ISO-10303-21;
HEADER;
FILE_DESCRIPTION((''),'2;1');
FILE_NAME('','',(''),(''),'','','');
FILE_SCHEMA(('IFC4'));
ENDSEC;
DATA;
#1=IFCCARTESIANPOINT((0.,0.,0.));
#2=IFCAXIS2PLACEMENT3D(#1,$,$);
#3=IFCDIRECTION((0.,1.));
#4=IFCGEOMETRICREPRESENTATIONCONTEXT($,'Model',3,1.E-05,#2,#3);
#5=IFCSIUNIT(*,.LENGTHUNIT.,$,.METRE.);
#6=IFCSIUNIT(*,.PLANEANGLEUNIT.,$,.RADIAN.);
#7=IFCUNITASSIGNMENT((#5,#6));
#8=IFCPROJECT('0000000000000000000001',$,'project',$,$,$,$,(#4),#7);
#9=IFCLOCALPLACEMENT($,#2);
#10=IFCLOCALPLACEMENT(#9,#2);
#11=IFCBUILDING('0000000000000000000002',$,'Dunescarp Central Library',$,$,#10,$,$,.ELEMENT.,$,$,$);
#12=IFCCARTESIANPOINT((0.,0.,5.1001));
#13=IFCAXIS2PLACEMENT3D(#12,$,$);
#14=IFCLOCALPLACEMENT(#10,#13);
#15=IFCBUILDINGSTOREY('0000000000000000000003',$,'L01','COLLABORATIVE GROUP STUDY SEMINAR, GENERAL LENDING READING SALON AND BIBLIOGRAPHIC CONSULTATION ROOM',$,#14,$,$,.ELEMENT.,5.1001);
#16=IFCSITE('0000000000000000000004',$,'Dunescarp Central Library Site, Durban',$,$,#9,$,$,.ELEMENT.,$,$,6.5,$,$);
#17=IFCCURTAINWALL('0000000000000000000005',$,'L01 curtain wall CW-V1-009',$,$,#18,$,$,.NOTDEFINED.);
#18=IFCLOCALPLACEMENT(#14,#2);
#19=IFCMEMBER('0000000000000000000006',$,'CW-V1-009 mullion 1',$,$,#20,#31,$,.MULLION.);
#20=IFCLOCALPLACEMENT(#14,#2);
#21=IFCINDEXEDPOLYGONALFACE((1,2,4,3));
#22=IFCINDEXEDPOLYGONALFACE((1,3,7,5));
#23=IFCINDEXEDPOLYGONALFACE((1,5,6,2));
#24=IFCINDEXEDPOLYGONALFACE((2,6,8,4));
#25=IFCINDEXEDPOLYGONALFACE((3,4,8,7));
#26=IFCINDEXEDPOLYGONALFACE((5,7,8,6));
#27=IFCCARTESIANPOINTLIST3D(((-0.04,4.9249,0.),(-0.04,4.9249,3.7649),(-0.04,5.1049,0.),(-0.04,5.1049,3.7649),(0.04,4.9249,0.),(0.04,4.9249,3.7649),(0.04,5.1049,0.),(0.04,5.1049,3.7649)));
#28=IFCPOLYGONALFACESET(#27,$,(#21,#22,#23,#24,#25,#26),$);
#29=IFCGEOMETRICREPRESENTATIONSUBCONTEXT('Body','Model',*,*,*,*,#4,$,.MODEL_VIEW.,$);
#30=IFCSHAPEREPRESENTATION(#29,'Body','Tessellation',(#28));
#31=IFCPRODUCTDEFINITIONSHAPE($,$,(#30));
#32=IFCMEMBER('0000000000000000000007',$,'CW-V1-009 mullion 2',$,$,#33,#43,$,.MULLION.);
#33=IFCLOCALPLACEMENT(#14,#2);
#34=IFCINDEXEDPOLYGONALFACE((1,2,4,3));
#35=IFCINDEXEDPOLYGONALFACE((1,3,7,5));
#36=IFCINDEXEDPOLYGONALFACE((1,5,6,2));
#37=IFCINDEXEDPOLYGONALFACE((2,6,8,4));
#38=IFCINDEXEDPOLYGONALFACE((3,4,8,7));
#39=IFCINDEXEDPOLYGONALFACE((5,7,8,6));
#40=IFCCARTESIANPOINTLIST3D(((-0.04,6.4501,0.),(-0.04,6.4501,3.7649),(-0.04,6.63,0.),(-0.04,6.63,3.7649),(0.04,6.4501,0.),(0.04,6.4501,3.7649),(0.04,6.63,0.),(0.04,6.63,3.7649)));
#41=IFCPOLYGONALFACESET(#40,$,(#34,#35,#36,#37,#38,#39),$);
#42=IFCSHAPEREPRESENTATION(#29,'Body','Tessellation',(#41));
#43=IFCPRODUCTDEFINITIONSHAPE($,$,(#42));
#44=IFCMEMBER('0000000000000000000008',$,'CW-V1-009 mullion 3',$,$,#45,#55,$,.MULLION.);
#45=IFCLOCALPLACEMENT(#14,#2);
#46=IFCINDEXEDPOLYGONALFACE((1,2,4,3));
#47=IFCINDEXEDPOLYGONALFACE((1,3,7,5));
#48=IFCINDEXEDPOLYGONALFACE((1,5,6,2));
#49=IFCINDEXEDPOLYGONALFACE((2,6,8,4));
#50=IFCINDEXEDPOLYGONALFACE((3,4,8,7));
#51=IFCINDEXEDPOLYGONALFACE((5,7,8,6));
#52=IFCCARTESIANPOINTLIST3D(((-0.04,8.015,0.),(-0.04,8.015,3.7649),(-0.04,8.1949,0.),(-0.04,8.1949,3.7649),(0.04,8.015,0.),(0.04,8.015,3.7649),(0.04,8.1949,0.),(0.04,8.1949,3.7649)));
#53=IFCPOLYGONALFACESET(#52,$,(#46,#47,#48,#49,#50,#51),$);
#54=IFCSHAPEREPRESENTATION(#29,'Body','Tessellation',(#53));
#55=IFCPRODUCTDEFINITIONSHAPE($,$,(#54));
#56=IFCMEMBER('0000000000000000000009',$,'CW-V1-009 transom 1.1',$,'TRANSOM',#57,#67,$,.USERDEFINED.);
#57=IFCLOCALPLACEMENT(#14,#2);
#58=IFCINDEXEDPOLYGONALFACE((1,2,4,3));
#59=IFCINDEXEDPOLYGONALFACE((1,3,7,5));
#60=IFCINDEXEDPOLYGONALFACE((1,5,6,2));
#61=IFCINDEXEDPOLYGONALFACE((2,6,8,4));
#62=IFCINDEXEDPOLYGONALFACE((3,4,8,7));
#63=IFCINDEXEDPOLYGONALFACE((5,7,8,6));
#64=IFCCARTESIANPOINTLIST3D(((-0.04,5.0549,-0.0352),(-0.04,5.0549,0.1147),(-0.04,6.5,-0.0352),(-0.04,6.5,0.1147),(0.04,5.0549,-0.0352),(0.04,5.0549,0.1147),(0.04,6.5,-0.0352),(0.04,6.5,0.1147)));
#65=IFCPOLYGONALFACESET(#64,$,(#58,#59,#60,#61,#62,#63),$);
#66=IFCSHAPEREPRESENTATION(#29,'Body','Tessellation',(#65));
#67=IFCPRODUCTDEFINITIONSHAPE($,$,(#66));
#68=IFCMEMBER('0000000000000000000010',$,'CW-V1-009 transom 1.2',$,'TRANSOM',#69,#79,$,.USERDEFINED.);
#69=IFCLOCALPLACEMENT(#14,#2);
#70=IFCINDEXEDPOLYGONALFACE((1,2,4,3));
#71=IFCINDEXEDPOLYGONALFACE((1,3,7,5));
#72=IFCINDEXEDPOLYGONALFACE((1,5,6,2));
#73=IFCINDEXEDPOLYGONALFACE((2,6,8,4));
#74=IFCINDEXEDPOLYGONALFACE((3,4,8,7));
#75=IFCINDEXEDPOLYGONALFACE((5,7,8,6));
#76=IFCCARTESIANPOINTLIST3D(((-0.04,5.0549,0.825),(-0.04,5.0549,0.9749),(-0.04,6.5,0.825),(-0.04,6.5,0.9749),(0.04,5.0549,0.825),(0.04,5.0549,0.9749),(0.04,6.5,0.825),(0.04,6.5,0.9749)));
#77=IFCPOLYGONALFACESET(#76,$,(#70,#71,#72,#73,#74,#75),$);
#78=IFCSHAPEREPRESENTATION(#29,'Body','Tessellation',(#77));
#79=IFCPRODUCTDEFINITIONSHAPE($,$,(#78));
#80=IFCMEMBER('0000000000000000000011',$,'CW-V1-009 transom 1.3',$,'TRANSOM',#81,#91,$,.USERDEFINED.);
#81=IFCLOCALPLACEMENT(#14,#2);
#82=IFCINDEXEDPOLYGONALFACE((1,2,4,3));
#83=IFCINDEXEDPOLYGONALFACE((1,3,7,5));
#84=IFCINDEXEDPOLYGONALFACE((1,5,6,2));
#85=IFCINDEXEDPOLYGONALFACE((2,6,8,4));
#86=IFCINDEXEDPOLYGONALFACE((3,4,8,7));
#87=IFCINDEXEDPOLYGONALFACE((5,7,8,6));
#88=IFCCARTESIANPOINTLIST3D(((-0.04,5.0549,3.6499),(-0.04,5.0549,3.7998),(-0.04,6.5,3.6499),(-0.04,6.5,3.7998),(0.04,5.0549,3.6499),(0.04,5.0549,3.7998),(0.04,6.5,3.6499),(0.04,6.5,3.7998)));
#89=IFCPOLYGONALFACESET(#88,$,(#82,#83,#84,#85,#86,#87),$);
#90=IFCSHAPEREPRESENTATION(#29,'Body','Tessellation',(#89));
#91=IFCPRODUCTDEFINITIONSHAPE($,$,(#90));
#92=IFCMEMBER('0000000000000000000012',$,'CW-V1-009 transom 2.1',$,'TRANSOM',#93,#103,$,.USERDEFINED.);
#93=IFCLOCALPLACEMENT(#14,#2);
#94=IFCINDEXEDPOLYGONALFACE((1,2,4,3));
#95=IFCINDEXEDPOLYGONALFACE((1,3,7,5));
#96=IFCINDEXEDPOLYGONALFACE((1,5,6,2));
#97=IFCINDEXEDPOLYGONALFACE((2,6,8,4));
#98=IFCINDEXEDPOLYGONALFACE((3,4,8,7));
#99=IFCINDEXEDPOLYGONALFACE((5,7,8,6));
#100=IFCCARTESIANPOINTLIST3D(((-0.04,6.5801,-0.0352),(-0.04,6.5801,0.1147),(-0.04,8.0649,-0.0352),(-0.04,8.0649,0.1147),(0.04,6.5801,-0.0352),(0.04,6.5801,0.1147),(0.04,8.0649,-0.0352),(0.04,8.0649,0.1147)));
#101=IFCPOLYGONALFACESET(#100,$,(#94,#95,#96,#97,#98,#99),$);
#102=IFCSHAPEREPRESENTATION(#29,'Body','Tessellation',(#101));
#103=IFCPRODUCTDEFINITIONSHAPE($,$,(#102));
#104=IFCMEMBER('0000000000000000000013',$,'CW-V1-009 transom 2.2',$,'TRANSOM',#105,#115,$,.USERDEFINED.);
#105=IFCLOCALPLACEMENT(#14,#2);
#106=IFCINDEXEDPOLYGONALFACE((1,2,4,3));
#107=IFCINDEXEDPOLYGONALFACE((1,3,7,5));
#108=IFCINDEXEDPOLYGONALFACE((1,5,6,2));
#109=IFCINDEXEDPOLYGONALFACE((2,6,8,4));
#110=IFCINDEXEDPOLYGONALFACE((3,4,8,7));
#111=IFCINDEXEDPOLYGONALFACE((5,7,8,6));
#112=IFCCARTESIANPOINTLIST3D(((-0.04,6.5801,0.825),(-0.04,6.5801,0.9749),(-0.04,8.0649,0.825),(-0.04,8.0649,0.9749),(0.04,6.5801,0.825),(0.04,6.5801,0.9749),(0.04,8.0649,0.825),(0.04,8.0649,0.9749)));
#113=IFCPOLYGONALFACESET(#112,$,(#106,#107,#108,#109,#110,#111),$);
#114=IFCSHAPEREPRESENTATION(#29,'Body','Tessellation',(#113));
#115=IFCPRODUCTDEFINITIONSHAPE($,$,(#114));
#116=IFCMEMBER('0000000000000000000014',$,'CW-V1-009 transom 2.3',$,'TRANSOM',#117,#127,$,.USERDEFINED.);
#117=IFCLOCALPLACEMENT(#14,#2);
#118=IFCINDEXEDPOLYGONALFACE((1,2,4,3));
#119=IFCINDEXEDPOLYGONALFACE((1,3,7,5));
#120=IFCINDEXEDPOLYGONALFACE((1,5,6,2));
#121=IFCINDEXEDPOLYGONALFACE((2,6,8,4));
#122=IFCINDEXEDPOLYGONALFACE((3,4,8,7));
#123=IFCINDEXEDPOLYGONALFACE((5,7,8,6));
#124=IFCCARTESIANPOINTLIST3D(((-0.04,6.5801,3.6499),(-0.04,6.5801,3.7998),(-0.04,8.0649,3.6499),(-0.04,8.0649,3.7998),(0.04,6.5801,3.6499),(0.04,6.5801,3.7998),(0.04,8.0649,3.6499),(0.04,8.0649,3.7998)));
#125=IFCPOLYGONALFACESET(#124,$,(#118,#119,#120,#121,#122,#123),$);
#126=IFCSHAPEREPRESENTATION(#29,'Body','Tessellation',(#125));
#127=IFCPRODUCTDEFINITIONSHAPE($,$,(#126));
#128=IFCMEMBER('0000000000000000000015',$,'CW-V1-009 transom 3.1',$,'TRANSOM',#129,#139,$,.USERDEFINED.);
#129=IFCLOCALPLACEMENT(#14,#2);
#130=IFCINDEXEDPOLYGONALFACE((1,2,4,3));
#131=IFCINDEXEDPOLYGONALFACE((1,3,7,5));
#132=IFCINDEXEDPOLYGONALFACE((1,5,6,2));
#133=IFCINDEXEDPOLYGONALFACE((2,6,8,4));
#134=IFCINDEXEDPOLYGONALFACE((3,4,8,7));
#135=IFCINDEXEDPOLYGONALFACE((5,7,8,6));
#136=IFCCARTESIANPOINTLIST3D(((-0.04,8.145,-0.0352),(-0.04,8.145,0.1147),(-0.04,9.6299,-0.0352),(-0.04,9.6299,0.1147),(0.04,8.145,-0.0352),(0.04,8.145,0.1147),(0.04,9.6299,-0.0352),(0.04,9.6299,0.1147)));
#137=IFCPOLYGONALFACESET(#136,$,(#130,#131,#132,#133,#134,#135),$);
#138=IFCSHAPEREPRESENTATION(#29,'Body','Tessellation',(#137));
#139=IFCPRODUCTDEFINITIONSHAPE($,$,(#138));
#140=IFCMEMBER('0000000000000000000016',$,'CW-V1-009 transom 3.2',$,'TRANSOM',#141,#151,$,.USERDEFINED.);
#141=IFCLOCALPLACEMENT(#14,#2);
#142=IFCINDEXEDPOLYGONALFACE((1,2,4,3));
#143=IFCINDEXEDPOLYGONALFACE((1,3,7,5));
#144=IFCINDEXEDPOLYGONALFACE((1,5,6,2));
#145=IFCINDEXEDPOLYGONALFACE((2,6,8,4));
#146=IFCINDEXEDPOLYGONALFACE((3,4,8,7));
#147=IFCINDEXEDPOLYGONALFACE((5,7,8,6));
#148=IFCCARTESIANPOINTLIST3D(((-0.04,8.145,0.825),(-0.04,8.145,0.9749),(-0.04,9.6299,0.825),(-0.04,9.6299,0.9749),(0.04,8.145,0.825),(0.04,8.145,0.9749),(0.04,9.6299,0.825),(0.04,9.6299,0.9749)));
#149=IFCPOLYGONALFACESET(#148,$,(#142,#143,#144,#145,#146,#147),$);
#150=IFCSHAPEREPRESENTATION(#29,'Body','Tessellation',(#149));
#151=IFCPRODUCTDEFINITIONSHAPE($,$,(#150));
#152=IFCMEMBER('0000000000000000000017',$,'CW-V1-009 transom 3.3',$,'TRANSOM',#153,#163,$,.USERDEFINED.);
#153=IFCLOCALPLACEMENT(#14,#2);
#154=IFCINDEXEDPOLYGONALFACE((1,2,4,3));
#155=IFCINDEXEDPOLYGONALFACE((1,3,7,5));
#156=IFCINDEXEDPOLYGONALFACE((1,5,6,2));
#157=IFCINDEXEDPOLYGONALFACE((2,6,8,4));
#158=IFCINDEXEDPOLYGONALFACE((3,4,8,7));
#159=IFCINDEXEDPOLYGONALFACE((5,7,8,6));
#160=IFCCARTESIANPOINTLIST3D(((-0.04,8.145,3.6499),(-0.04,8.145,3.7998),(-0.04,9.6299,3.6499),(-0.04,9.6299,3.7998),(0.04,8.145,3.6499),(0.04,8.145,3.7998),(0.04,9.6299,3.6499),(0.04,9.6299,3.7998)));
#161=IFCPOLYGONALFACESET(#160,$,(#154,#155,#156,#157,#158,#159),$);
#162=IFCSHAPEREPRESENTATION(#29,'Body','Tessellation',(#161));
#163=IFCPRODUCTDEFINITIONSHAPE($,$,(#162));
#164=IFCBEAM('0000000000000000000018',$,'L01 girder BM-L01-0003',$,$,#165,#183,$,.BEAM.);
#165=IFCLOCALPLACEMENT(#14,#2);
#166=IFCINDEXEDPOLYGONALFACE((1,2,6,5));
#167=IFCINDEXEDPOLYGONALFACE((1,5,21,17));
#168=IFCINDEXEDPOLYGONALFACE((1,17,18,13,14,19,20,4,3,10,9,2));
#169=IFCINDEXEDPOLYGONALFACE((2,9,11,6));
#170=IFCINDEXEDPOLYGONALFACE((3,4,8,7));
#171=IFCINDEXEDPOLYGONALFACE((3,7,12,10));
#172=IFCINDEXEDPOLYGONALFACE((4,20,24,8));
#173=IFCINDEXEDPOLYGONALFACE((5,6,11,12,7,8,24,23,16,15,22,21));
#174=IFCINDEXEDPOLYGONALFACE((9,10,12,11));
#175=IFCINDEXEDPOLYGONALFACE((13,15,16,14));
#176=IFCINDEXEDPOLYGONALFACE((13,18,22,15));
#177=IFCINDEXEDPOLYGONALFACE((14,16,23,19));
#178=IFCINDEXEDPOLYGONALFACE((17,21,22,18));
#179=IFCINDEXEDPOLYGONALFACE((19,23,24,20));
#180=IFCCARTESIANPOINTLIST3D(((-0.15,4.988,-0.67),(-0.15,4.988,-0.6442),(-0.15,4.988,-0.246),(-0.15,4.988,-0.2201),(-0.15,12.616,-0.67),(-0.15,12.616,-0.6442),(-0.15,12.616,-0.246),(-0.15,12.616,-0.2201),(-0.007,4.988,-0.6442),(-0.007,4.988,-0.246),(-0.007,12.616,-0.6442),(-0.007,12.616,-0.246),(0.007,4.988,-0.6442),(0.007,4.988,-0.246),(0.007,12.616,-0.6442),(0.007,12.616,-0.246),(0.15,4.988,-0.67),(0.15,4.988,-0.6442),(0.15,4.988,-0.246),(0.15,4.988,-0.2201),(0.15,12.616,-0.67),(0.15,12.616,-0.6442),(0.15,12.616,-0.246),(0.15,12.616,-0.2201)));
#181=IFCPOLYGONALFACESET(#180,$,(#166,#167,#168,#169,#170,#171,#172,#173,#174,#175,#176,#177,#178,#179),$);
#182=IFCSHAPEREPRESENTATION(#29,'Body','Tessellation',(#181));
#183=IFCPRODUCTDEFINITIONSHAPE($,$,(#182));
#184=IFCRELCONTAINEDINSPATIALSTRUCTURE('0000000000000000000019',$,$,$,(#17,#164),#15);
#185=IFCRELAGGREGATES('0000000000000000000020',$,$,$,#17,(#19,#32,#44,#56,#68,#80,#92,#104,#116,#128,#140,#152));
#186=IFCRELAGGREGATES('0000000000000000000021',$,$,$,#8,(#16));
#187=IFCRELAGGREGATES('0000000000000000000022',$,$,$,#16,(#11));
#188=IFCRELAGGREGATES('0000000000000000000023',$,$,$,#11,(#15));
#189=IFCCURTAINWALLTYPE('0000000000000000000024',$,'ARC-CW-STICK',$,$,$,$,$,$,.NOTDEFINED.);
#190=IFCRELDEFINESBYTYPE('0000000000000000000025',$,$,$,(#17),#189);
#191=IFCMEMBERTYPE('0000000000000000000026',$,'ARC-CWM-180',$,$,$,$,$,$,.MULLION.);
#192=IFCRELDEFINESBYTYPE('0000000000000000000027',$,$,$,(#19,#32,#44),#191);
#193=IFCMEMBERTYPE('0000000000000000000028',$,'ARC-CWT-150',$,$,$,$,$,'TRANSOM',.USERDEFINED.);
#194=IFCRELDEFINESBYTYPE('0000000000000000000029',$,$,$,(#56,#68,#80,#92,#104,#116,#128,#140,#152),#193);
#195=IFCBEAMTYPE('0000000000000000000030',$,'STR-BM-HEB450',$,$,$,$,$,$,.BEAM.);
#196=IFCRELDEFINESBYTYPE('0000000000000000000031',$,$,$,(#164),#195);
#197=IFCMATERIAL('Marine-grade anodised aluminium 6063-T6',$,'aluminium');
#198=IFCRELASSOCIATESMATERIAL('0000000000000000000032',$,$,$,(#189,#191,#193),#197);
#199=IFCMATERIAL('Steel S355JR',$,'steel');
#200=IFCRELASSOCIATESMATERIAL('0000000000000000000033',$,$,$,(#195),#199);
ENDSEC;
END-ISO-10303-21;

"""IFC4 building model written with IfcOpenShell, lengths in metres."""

from ifc_helpers import new_model, si_unit, direction, frame, origin, origin_2d, place, context, subcontext, project, spatial, rectangle, i_section, extrude, material, material_profile, profile_set, type_object, element, aggregate, save


model = new_model("IFC4")

# Units and contexts
model_context = context("Model", 3, precision=1e-05, world=origin(), true_north=direction((0.0, 1.0)))
body_context = subcontext(model_context, "Body", "Model", "MODEL_VIEW")
ifc_project = project(units=[si_unit("LENGTHUNIT", "METRE"), si_unit("PLANEANGLEUNIT", "RADIAN")], contexts=[model_context])

# Site, building, storey
site_placement = place(None, origin())
site = spatial("IfcSite", under=ifc_project, at=site_placement, Name="Dunescarp Central Library Site, Durban", CompositionType="ELEMENT", RefElevation=6.5)
building_placement = place(site_placement, origin())
building = spatial("IfcBuilding", under=site, at=building_placement, Name="Dunescarp Central Library", CompositionType="ELEMENT")
storey_placement = place(building_placement, frame((0.0, 0.0, 5.1001)))
storey = spatial("IfcBuildingStorey", under=building, at=storey_placement, Name="L01", Description="COLLABORATIVE GROUP STUDY SEMINAR, GENERAL LENDING READING SALON AND BIBLIOGRAPHIC CONSULTATION ROOM", CompositionType="ELEMENT", Elevation=5.1001)

# Curtain wall, members
ifc_material_1 = material(Name="Marine-grade anodised aluminium 6063-T6", Category="aluminium")
curtain_wall_type = type_object("IfcCurtainWallType", Name="ARC-CW-STICK", PredefinedType="NOTDEFINED", material=ifc_material_1)
curtain_wall_placement = place(storey_placement, origin())
curtain_wall = element("IfcCurtainWall", 1, at=curtain_wall_placement, inside=storey, type_object=curtain_wall_type, Name="L01 curtain wall CW-V1-009", PredefinedType="NOTDEFINED")
ifc_material_profile_1 = material_profile(ifc_material_1, rectangle(XDim=0.0801, YDim=0.1799, at=origin_2d()), Name="AL 80x180")
ifc_profile_set_1 = profile_set([ifc_material_profile_1], Name="Marine-grade anodised aluminium 6063-T6")
member_type_1 = type_object("IfcMemberType", Name="ARC-CWM-180", PredefinedType="MULLION", material=ifc_profile_set_1)
member_1_placement = place(storey_placement, frame((0.0, 5.0149, 0.0), z_axis=(0.0, 0.0, 1.0), x_axis=(-1.0, 0.0, 0.0)))
member_1 = element("IfcMember", 2, at=member_1_placement, type_object=member_type_1, Name="CW-V1-009 mullion 1", PredefinedType="MULLION", context=body_context, shape_type="SweptSolid", body=[
    extrude(rectangle(XDim=0.0801, YDim=0.1799, at=origin_2d()), origin(), (0.0, 0.0, 1.0), 3.7649),
])
member_2_placement = place(storey_placement, frame((0.0, 6.54, 0.0), z_axis=(0.0, 0.0, 1.0), x_axis=(-1.0, 0.0, 0.0)))
member_2 = element("IfcMember", 3, at=member_2_placement, type_object=member_type_1, Name="CW-V1-009 mullion 2", PredefinedType="MULLION", context=body_context, shape_type="SweptSolid", body=[
    extrude(rectangle(XDim=0.0801, YDim=0.1799, at=origin_2d()), origin(), (0.0, 0.0, 1.0), 3.7649),
])
member_3_placement = place(storey_placement, frame((0.0, 8.105, 0.0), z_axis=(0.0, 0.0, 1.0), x_axis=(-1.0, 0.0, 0.0)))
member_3 = element("IfcMember", 4, at=member_3_placement, type_object=member_type_1, Name="CW-V1-009 mullion 3", PredefinedType="MULLION", context=body_context, shape_type="SweptSolid", body=[
    extrude(rectangle(XDim=0.0801, YDim=0.1799, at=origin_2d()), origin(), (0.0, 0.0, 1.0), 3.7649),
])
ifc_material_profile_2 = material_profile(ifc_material_1, rectangle(XDim=0.0801, YDim=0.1499, at=origin_2d()), Name="AL 80x150")
ifc_profile_set_2 = profile_set([ifc_material_profile_2], Name="Marine-grade anodised aluminium 6063-T6")
member_type_2 = type_object("IfcMemberType", Name="ARC-CWT-150", ElementType="TRANSOM", PredefinedType="USERDEFINED", material=ifc_profile_set_2)
member_4_placement = place(storey_placement, frame((0.0, 5.0549, 0.0398), z_axis=(0.0, 1.0, 0.0), x_axis=(-1.0, 0.0, 0.0)))
member_4 = element("IfcMember", 5, at=member_4_placement, type_object=member_type_2, Name="CW-V1-009 transom 1.1", ObjectType="TRANSOM", PredefinedType="USERDEFINED", context=body_context, shape_type="SweptSolid", body=[
    extrude(rectangle(XDim=0.0801, YDim=0.1499, at=origin_2d()), origin(), (0.0, 0.0, 1.0), 1.4451),
])
member_5_placement = place(storey_placement, frame((0.0, 5.0549, 0.8999), z_axis=(0.0, 1.0, 0.0), x_axis=(-1.0, 0.0, 0.0)))
member_5 = element("IfcMember", 6, at=member_5_placement, type_object=member_type_2, Name="CW-V1-009 transom 1.2", ObjectType="TRANSOM", PredefinedType="USERDEFINED", context=body_context, shape_type="SweptSolid", body=[
    extrude(rectangle(XDim=0.0801, YDim=0.1499, at=origin_2d()), origin(), (0.0, 0.0, 1.0), 1.4451),
])
member_6_placement = place(storey_placement, frame((0.0, 5.0549, 3.7249), z_axis=(0.0, 1.0, 0.0), x_axis=(-1.0, 0.0, 0.0)))
member_6 = element("IfcMember", 7, at=member_6_placement, type_object=member_type_2, Name="CW-V1-009 transom 1.3", ObjectType="TRANSOM", PredefinedType="USERDEFINED", context=body_context, shape_type="SweptSolid", body=[
    extrude(rectangle(XDim=0.0801, YDim=0.1499, at=origin_2d()), origin(), (0.0, 0.0, 1.0), 1.4451),
])
member_7_placement = place(storey_placement, frame((0.0, 6.5801, 0.0398), z_axis=(0.0, 1.0, 0.0), x_axis=(-1.0, 0.0, 0.0)))
member_7 = element("IfcMember", 8, at=member_7_placement, type_object=member_type_2, Name="CW-V1-009 transom 2.1", ObjectType="TRANSOM", PredefinedType="USERDEFINED", context=body_context, shape_type="SweptSolid", body=[
    extrude(rectangle(XDim=0.0801, YDim=0.1499, at=origin_2d()), origin(), (0.0, 0.0, 1.0), 1.4849),
])
member_8_placement = place(storey_placement, frame((0.0, 6.5801, 0.8999), z_axis=(0.0, 1.0, 0.0), x_axis=(-1.0, 0.0, 0.0)))
member_8 = element("IfcMember", 9, at=member_8_placement, type_object=member_type_2, Name="CW-V1-009 transom 2.2", ObjectType="TRANSOM", PredefinedType="USERDEFINED", context=body_context, shape_type="SweptSolid", body=[
    extrude(rectangle(XDim=0.0801, YDim=0.1499, at=origin_2d()), origin(), (0.0, 0.0, 1.0), 1.4849),
])
member_9_placement = place(storey_placement, frame((0.0, 6.5801, 3.7249), z_axis=(0.0, 1.0, 0.0), x_axis=(-1.0, 0.0, 0.0)))
member_9 = element("IfcMember", 10, at=member_9_placement, type_object=member_type_2, Name="CW-V1-009 transom 2.3", ObjectType="TRANSOM", PredefinedType="USERDEFINED", context=body_context, shape_type="SweptSolid", body=[
    extrude(rectangle(XDim=0.0801, YDim=0.1499, at=origin_2d()), origin(), (0.0, 0.0, 1.0), 1.4849),
])
member_10_placement = place(storey_placement, frame((0.0, 8.145, 0.0398), z_axis=(0.0, 1.0, 0.0), x_axis=(-1.0, 0.0, 0.0)))
member_10 = element("IfcMember", 11, at=member_10_placement, type_object=member_type_2, Name="CW-V1-009 transom 3.1", ObjectType="TRANSOM", PredefinedType="USERDEFINED", context=body_context, shape_type="SweptSolid", body=[
    extrude(rectangle(XDim=0.0801, YDim=0.1499, at=origin_2d()), origin(), (0.0, 0.0, 1.0), 1.4849),
])
member_11_placement = place(storey_placement, frame((0.0, 8.145, 0.8999), z_axis=(0.0, 1.0, 0.0), x_axis=(-1.0, 0.0, 0.0)))
member_11 = element("IfcMember", 12, at=member_11_placement, type_object=member_type_2, Name="CW-V1-009 transom 3.2", ObjectType="TRANSOM", PredefinedType="USERDEFINED", context=body_context, shape_type="SweptSolid", body=[
    extrude(rectangle(XDim=0.0801, YDim=0.1499, at=origin_2d()), origin(), (0.0, 0.0, 1.0), 1.4849),
])
member_12_placement = place(storey_placement, frame((0.0, 8.145, 3.7249), z_axis=(0.0, 1.0, 0.0), x_axis=(-1.0, 0.0, 0.0)))
member_12 = element("IfcMember", 13, at=member_12_placement, type_object=member_type_2, Name="CW-V1-009 transom 3.3", ObjectType="TRANSOM", PredefinedType="USERDEFINED", context=body_context, shape_type="SweptSolid", body=[
    extrude(rectangle(XDim=0.0801, YDim=0.1499, at=origin_2d()), origin(), (0.0, 0.0, 1.0), 1.4849),
])

# Beam
ifc_material_2 = material(Name="Steel S355JR", Category="steel")
ifc_material_profile_3 = material_profile(ifc_material_2, i_section(OverallWidth=0.3, OverallDepth=0.45, WebThickness=0.0139, FlangeThickness=0.0259, at=origin_2d()), Name="HEB 450")
ifc_profile_set_3 = profile_set([ifc_material_profile_3], Name="Steel S355JR")
beam_type = type_object("IfcBeamType", Name="STR-BM-HEB450", PredefinedType="BEAM", material=ifc_profile_set_3)
beam_placement = place(storey_placement, frame((0.0, 4.988, -0.4451), z_axis=(0.0, 1.0, 0.0), x_axis=(-1.0, 0.0, 0.0)))
element("IfcBeam", 14, at=beam_placement, inside=storey, type_object=beam_type, Name="L01 girder BM-L01-0003", PredefinedType="BEAM", context=body_context, shape_type="SweptSolid", body=[
    extrude(i_section(OverallWidth=0.3, OverallDepth=0.45, WebThickness=0.0139, FlangeThickness=0.0259, at=origin_2d()), origin(), (0.0, 0.0, 1.0), 7.6279),
])

aggregate(curtain_wall, [member_1, member_2, member_3, member_4, member_5, member_6, member_7, member_8, member_9, member_10, member_11, member_12])

save(model, "model.ifc")
